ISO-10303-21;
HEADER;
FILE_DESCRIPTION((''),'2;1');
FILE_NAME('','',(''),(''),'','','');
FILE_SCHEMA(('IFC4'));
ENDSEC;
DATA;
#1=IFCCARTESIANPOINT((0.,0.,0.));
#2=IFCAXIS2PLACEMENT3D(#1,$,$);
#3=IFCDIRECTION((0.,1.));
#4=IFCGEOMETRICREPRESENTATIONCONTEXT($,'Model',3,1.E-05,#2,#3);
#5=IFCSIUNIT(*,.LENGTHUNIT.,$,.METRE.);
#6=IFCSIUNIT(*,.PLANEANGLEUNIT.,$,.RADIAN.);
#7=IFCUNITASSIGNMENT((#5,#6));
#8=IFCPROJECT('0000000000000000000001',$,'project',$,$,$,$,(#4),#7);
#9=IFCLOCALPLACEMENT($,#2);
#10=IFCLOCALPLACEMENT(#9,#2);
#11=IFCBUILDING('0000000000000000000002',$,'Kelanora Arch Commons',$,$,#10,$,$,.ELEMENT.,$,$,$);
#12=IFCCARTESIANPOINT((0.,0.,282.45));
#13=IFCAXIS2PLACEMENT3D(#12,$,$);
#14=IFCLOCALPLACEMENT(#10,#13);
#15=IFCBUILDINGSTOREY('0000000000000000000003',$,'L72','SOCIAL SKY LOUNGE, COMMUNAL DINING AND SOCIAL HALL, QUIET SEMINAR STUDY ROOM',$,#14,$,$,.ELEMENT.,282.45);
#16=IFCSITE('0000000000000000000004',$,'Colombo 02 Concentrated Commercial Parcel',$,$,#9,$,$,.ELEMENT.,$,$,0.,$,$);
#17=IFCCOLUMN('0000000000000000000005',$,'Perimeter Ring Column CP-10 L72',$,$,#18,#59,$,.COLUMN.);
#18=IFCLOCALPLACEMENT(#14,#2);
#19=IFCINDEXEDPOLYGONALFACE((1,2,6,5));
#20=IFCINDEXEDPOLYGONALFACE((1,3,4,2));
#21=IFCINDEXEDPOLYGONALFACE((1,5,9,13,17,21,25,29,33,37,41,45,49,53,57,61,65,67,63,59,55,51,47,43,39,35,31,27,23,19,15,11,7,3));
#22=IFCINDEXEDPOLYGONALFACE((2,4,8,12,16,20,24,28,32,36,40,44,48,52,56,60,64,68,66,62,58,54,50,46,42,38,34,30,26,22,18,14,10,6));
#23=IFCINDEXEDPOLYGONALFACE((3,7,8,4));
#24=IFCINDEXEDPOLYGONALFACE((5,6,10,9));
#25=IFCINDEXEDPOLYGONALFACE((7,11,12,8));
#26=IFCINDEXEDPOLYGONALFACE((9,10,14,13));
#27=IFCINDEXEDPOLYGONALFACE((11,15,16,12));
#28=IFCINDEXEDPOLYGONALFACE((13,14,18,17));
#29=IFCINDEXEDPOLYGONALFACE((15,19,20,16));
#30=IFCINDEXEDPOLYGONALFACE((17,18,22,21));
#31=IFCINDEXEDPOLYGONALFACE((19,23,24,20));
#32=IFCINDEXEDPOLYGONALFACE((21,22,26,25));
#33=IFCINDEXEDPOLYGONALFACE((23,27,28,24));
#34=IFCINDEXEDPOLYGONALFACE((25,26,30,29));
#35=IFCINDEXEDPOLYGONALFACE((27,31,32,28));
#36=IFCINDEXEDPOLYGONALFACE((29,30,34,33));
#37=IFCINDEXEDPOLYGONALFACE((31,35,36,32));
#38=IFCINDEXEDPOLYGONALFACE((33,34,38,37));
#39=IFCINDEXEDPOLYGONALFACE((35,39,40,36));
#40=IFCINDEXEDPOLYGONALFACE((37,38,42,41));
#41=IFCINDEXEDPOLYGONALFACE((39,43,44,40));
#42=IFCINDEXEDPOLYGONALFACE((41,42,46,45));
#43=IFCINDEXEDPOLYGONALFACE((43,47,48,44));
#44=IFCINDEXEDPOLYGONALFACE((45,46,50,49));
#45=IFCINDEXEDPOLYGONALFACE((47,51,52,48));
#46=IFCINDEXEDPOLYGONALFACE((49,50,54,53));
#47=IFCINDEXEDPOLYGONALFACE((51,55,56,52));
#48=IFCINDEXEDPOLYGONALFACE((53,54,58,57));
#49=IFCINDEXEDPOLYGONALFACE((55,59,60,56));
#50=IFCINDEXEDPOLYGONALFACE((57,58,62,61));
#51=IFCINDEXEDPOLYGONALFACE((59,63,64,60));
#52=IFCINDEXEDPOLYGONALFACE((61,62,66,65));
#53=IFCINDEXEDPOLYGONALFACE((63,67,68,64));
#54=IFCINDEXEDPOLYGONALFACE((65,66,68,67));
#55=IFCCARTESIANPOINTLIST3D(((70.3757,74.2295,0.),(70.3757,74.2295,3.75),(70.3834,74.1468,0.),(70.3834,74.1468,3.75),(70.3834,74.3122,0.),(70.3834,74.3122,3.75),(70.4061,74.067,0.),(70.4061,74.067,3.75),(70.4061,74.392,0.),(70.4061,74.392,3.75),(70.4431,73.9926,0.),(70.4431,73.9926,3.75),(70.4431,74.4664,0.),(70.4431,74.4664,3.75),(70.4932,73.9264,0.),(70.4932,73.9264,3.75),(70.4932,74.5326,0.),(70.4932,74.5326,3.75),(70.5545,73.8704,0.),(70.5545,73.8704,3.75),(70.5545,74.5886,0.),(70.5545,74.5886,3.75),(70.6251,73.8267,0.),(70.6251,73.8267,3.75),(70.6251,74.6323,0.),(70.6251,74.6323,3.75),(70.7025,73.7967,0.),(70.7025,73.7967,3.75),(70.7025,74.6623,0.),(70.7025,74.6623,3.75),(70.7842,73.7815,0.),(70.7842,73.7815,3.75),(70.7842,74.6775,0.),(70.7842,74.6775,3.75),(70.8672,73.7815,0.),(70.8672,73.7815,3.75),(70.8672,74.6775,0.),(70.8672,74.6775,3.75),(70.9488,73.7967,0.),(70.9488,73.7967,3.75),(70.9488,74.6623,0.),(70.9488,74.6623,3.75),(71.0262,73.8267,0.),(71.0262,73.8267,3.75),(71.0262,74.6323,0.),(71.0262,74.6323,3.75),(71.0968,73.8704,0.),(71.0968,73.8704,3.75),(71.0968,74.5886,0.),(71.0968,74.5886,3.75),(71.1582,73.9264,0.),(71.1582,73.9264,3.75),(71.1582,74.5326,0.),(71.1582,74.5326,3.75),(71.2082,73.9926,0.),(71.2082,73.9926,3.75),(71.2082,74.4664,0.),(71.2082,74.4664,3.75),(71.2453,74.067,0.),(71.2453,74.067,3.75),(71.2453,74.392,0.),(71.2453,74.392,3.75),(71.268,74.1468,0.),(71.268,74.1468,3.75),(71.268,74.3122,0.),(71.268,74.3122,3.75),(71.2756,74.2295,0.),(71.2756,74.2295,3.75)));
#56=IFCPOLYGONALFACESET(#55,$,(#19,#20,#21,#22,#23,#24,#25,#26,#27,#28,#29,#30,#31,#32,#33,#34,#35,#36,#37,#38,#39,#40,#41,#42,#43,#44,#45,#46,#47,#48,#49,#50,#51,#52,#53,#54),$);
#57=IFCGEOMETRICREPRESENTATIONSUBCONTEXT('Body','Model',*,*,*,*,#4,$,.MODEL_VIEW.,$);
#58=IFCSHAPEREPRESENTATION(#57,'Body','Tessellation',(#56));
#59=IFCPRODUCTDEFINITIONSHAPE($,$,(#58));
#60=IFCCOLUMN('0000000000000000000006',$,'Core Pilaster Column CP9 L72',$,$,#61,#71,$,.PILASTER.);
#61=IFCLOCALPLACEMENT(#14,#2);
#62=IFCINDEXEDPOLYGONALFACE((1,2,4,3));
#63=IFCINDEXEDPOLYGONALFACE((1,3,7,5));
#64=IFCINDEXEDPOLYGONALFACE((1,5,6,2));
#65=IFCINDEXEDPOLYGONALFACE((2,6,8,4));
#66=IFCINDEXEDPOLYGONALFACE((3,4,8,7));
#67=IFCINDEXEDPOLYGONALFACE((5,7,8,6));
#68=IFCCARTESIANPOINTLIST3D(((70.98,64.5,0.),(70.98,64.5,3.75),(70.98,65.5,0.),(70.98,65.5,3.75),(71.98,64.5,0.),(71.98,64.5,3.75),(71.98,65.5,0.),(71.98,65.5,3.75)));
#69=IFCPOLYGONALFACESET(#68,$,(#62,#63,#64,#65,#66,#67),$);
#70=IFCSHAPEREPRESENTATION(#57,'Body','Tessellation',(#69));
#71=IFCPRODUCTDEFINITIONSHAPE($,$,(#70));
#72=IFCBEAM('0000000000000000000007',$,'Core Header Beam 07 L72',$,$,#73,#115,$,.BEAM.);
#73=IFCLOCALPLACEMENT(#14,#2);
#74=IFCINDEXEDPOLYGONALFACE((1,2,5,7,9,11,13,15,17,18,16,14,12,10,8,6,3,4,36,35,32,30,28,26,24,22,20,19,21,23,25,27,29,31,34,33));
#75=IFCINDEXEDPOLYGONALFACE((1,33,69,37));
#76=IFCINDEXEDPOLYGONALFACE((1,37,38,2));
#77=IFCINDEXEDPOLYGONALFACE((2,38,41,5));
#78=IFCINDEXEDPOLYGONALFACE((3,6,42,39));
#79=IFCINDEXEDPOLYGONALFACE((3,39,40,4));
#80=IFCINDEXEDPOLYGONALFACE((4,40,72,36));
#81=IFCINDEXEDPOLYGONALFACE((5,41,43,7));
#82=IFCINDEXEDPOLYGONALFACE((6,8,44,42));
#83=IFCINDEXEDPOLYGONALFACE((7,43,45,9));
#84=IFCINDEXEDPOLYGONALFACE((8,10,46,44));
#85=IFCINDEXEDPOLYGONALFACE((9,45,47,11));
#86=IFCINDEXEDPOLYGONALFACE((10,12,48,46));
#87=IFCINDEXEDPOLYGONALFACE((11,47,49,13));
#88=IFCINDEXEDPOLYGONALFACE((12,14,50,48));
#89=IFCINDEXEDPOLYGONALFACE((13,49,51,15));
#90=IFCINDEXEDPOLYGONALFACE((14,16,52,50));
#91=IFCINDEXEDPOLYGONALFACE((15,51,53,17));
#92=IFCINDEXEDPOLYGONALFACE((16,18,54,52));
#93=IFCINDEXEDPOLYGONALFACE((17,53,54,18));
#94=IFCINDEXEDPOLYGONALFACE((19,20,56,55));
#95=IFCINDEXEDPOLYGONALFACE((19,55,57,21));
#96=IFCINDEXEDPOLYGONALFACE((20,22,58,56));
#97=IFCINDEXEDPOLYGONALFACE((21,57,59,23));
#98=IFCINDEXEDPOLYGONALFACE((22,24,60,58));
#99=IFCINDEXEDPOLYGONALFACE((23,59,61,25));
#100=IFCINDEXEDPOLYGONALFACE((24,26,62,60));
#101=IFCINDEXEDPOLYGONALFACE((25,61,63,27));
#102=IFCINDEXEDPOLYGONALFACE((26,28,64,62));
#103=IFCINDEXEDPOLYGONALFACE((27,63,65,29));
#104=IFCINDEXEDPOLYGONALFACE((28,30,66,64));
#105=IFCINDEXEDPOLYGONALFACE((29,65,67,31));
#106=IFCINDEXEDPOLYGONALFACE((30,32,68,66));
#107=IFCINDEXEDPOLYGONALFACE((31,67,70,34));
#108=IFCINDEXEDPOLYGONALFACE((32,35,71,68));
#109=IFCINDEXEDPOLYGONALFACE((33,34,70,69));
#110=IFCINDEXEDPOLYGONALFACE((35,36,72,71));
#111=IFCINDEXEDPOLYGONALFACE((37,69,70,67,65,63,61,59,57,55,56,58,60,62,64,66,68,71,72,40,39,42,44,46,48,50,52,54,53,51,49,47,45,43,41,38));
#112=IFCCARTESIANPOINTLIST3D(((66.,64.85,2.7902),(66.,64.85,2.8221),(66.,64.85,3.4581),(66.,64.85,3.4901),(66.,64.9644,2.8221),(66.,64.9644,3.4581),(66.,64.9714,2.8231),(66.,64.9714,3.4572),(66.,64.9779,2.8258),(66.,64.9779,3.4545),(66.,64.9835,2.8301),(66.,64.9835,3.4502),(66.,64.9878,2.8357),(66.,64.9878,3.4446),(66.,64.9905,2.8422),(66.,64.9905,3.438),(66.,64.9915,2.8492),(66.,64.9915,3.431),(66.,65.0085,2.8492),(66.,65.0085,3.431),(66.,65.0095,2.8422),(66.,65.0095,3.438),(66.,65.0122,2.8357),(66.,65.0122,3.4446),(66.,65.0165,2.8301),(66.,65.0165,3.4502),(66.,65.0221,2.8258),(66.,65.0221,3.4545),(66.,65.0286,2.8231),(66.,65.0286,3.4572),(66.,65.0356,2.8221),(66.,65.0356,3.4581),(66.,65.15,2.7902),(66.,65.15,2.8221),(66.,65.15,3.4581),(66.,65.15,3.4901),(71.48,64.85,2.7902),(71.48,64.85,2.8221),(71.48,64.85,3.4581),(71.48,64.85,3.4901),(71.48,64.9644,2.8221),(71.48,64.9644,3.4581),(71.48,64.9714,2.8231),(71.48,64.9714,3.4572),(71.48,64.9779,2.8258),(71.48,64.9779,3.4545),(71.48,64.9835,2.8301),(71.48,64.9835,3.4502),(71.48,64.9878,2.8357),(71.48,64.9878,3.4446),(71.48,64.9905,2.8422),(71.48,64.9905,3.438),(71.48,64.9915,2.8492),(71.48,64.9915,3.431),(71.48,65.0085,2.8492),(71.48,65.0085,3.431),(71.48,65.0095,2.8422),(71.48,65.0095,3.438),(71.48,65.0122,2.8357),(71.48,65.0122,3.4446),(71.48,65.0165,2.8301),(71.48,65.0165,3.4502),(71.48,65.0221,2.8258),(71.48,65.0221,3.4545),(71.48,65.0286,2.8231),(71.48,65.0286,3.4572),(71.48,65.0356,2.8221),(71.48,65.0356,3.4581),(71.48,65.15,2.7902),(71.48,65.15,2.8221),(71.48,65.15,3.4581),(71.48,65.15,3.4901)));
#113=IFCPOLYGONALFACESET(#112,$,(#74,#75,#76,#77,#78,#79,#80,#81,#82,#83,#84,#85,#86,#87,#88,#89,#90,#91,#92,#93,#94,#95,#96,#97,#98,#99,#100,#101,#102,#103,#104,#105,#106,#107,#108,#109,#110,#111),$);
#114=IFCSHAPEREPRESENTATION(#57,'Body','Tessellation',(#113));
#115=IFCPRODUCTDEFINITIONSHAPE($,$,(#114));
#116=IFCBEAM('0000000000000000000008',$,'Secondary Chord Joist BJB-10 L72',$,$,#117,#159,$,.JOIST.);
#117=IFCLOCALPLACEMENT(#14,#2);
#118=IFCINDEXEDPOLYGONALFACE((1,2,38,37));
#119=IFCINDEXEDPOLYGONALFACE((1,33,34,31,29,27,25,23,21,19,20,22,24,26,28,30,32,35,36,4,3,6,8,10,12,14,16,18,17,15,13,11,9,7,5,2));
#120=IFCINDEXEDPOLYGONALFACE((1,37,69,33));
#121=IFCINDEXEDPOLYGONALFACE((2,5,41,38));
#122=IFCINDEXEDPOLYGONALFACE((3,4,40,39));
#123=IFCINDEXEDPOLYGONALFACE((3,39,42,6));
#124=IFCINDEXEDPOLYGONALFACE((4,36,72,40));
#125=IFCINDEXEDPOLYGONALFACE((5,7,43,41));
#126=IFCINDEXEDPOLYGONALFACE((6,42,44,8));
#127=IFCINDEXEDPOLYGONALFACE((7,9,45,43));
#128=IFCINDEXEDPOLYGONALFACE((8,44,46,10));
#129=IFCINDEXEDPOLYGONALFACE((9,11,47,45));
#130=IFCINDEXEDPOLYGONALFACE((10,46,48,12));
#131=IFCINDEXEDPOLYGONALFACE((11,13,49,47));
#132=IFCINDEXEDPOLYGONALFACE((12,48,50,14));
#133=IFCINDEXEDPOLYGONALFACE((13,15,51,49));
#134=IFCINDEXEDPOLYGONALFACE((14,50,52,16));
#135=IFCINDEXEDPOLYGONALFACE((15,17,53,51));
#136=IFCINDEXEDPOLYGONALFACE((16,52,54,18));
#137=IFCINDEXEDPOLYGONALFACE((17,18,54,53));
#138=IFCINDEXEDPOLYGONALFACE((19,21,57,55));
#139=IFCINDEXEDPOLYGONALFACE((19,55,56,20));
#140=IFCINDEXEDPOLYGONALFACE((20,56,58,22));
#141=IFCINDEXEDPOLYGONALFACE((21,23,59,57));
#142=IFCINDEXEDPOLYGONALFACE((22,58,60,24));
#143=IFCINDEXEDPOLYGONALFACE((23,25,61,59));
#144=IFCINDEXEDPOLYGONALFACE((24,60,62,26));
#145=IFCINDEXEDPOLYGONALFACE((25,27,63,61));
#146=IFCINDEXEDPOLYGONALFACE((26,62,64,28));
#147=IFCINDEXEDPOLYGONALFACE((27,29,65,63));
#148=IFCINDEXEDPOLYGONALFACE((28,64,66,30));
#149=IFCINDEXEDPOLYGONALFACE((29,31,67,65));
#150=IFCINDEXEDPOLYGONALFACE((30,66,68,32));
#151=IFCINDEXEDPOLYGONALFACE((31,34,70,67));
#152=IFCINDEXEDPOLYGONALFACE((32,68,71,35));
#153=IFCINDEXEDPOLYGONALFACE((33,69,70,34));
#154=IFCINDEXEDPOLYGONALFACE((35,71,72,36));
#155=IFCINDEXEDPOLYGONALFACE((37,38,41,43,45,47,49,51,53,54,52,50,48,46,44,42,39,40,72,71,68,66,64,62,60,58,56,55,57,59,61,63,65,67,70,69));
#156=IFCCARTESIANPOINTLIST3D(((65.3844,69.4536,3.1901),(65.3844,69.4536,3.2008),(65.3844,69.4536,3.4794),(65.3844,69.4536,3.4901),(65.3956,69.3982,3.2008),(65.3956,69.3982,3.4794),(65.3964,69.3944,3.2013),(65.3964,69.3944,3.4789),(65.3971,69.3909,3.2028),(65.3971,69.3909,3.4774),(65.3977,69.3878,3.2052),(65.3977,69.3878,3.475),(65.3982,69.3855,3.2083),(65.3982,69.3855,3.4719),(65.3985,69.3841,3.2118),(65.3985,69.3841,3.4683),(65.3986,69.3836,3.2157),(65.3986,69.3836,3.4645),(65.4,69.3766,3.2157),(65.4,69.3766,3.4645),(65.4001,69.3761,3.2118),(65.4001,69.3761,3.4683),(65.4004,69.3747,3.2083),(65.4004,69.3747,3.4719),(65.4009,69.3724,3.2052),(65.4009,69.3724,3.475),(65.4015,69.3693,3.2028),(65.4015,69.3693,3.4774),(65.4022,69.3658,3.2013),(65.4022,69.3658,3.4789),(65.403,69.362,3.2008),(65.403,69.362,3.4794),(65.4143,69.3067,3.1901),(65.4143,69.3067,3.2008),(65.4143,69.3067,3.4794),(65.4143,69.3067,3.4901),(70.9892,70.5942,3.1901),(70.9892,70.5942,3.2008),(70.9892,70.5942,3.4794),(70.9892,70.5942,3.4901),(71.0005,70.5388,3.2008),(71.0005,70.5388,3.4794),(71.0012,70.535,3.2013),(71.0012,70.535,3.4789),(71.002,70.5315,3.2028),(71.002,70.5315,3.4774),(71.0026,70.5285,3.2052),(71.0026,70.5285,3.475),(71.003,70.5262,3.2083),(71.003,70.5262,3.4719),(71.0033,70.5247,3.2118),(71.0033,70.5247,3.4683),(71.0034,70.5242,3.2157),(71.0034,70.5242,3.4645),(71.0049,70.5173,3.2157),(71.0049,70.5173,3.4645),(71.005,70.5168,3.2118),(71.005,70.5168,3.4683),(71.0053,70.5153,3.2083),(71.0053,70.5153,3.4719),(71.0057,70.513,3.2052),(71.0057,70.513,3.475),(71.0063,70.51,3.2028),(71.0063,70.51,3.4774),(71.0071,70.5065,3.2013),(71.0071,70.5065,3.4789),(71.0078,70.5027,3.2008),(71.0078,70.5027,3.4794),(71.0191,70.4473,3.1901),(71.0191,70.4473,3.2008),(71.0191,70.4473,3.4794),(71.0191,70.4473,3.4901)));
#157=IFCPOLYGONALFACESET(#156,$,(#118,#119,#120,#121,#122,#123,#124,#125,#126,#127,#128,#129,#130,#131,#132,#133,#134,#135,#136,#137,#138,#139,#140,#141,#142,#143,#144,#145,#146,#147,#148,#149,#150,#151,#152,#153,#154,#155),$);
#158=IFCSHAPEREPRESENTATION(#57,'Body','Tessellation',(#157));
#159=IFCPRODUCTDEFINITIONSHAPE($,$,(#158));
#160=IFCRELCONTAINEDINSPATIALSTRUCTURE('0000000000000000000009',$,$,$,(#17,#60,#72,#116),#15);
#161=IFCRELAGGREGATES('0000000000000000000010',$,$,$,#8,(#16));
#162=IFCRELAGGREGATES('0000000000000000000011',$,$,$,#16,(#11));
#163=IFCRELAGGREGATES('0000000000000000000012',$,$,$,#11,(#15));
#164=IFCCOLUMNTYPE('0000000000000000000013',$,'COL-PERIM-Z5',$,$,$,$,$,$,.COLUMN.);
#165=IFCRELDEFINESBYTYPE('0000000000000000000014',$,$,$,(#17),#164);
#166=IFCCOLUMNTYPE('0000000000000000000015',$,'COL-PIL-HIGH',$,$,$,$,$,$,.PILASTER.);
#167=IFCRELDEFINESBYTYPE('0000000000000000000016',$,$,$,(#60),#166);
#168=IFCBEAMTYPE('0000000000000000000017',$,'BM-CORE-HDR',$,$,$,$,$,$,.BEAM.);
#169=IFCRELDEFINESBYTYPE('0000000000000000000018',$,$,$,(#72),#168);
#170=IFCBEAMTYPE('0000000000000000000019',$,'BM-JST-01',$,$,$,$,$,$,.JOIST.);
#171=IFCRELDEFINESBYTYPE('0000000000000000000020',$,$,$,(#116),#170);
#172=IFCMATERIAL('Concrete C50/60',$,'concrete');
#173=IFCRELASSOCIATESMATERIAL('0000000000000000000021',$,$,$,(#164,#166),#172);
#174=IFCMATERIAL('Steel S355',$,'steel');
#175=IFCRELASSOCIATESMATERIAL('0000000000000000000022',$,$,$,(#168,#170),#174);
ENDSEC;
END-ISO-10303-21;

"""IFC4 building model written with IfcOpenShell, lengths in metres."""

from ifc_helpers import new_model, si_unit, direction, frame, origin, origin_2d, place, context, subcontext, project, spatial, rectangle, circle, i_section, extrude, material, material_profile, profile_set, type_object, element, save


model = new_model("IFC4")

# Units and contexts
model_context = context("Model", 3, precision=1e-05, world=origin(), true_north=direction((0.0, 1.0)))
body_context = subcontext(model_context, "Body", "Model", "MODEL_VIEW")
ifc_project = project(units=[si_unit("LENGTHUNIT", "METRE"), si_unit("PLANEANGLEUNIT", "RADIAN")], contexts=[model_context])

# Site, building, storey
site_placement = place(None, origin())
site = spatial("IfcSite", under=ifc_project, at=site_placement, Name="Colombo 02 Concentrated Commercial Parcel", CompositionType="ELEMENT", RefElevation=0.0)
building_placement = place(site_placement, origin())
building = spatial("IfcBuilding", under=site, at=building_placement, Name="Kelanora Arch Commons", CompositionType="ELEMENT")
storey_placement = place(building_placement, frame((0.0, 0.0, 282.45)))
storey = spatial("IfcBuildingStorey", under=building, at=storey_placement, Name="L72", Description="SOCIAL SKY LOUNGE, COMMUNAL DINING AND SOCIAL HALL, QUIET SEMINAR STUDY ROOM", CompositionType="ELEMENT", Elevation=282.45)

# Columns
ifc_material_1 = material(Name="Concrete C50/60", Category="concrete")
ifc_material_profile_1 = material_profile(ifc_material_1, circle(Radius=0.45, at=origin_2d()), Name="RCC900")
ifc_profile_set_1 = profile_set([ifc_material_profile_1], Name="Concrete C50/60")
column_type_1 = type_object("IfcColumnType", Name="COL-PERIM-Z5", PredefinedType="COLUMN", material=ifc_profile_set_1)
column_1_placement = place(storey_placement, frame((70.8257, 74.2295, 0.0), z_axis=(0.0, 0.0, 1.0), x_axis=(1.0, 0.0, 0.0)))
element("IfcColumn", 1, at=column_1_placement, inside=storey, type_object=column_type_1, Name="Perimeter Ring Column CP-10 L72", PredefinedType="COLUMN", context=body_context, shape_type="SweptSolid", body=[
    extrude(circle(Radius=0.45, at=origin_2d()), origin(), (0.0, 0.0, 1.0), 3.75),
])
ifc_material_profile_2 = material_profile(ifc_material_1, rectangle(XDim=1.0, YDim=1.0, at=origin_2d()), Name="RC1000x1000")
ifc_profile_set_2 = profile_set([ifc_material_profile_2], Name="Concrete C50/60")
column_type_2 = type_object("IfcColumnType", Name="COL-PIL-HIGH", PredefinedType="PILASTER", material=ifc_profile_set_2)
column_2_placement = place(storey_placement, frame((71.48, 65.0, 0.0), z_axis=(0.0, 0.0, 1.0), x_axis=(1.0, 0.0, 0.0)))
element("IfcColumn", 2, at=column_2_placement, inside=storey, type_object=column_type_2, Name="Core Pilaster Column CP9 L72", PredefinedType="PILASTER", context=body_context, shape_type="SweptSolid", body=[
    extrude(rectangle(XDim=1.0, YDim=1.0, at=origin_2d()), origin(), (0.0, 0.0, 1.0), 3.75),
])

# Beams
ifc_material_2 = material(Name="Steel S355", Category="steel")
ifc_material_profile_3 = material_profile(ifc_material_2, i_section(OverallWidth=0.3, OverallDepth=0.7, WebThickness=0.0171, FlangeThickness=0.032, FilletRadius=0.0271, at=origin_2d()), Name="HEB700")
ifc_profile_set_3 = profile_set([ifc_material_profile_3], Name="Steel S355")
beam_type_1 = type_object("IfcBeamType", Name="BM-CORE-HDR", PredefinedType="BEAM", material=ifc_profile_set_3)
beam_1_placement = place(storey_placement, frame((71.48, 65.0, 3.1401), z_axis=(-1.0, 0.0, 0.0), x_axis=(0.0, -1.0, 0.0)))
element("IfcBeam", 3, at=beam_1_placement, inside=storey, type_object=beam_type_1, Name="Core Header Beam 07 L72", PredefinedType="BEAM", context=body_context, shape_type="SweptSolid", body=[
    extrude(i_section(OverallWidth=0.3, OverallDepth=0.7, WebThickness=0.0171, FlangeThickness=0.032, FilletRadius=0.0271, at=origin_2d()), origin(), (0.0, 0.0, 1.0), 5.48),
])
ifc_material_profile_4 = material_profile(ifc_material_2, i_section(OverallWidth=0.1499, OverallDepth=0.3, WebThickness=0.0071, FlangeThickness=0.0107, FilletRadius=0.0149, at=origin_2d()), Name="IPE300")
ifc_profile_set_4 = profile_set([ifc_material_profile_4], Name="Steel S355")
beam_type_2 = type_object("IfcBeamType", Name="BM-JST-01", PredefinedType="JOIST", material=ifc_profile_set_4)
beam_2_placement = place(storey_placement, frame((71.0042, 70.5208, 3.3401), z_axis=(-0.979913, -0.199423, 0.0), x_axis=(0.199423, -0.979913, 0.0)))
element("IfcBeam", 4, at=beam_2_placement, inside=storey, type_object=beam_type_2, Name="Secondary Chord Joist BJB-10 L72", PredefinedType="JOIST", context=body_context, shape_type="SweptSolid", body=[
    extrude(i_section(OverallWidth=0.1499, OverallDepth=0.3, WebThickness=0.0071, FlangeThickness=0.0107, FilletRadius=0.0149, at=origin_2d()), origin(), (0.0, 0.0, 1.0), 5.7197),
])

save(model, "model.ifc")
